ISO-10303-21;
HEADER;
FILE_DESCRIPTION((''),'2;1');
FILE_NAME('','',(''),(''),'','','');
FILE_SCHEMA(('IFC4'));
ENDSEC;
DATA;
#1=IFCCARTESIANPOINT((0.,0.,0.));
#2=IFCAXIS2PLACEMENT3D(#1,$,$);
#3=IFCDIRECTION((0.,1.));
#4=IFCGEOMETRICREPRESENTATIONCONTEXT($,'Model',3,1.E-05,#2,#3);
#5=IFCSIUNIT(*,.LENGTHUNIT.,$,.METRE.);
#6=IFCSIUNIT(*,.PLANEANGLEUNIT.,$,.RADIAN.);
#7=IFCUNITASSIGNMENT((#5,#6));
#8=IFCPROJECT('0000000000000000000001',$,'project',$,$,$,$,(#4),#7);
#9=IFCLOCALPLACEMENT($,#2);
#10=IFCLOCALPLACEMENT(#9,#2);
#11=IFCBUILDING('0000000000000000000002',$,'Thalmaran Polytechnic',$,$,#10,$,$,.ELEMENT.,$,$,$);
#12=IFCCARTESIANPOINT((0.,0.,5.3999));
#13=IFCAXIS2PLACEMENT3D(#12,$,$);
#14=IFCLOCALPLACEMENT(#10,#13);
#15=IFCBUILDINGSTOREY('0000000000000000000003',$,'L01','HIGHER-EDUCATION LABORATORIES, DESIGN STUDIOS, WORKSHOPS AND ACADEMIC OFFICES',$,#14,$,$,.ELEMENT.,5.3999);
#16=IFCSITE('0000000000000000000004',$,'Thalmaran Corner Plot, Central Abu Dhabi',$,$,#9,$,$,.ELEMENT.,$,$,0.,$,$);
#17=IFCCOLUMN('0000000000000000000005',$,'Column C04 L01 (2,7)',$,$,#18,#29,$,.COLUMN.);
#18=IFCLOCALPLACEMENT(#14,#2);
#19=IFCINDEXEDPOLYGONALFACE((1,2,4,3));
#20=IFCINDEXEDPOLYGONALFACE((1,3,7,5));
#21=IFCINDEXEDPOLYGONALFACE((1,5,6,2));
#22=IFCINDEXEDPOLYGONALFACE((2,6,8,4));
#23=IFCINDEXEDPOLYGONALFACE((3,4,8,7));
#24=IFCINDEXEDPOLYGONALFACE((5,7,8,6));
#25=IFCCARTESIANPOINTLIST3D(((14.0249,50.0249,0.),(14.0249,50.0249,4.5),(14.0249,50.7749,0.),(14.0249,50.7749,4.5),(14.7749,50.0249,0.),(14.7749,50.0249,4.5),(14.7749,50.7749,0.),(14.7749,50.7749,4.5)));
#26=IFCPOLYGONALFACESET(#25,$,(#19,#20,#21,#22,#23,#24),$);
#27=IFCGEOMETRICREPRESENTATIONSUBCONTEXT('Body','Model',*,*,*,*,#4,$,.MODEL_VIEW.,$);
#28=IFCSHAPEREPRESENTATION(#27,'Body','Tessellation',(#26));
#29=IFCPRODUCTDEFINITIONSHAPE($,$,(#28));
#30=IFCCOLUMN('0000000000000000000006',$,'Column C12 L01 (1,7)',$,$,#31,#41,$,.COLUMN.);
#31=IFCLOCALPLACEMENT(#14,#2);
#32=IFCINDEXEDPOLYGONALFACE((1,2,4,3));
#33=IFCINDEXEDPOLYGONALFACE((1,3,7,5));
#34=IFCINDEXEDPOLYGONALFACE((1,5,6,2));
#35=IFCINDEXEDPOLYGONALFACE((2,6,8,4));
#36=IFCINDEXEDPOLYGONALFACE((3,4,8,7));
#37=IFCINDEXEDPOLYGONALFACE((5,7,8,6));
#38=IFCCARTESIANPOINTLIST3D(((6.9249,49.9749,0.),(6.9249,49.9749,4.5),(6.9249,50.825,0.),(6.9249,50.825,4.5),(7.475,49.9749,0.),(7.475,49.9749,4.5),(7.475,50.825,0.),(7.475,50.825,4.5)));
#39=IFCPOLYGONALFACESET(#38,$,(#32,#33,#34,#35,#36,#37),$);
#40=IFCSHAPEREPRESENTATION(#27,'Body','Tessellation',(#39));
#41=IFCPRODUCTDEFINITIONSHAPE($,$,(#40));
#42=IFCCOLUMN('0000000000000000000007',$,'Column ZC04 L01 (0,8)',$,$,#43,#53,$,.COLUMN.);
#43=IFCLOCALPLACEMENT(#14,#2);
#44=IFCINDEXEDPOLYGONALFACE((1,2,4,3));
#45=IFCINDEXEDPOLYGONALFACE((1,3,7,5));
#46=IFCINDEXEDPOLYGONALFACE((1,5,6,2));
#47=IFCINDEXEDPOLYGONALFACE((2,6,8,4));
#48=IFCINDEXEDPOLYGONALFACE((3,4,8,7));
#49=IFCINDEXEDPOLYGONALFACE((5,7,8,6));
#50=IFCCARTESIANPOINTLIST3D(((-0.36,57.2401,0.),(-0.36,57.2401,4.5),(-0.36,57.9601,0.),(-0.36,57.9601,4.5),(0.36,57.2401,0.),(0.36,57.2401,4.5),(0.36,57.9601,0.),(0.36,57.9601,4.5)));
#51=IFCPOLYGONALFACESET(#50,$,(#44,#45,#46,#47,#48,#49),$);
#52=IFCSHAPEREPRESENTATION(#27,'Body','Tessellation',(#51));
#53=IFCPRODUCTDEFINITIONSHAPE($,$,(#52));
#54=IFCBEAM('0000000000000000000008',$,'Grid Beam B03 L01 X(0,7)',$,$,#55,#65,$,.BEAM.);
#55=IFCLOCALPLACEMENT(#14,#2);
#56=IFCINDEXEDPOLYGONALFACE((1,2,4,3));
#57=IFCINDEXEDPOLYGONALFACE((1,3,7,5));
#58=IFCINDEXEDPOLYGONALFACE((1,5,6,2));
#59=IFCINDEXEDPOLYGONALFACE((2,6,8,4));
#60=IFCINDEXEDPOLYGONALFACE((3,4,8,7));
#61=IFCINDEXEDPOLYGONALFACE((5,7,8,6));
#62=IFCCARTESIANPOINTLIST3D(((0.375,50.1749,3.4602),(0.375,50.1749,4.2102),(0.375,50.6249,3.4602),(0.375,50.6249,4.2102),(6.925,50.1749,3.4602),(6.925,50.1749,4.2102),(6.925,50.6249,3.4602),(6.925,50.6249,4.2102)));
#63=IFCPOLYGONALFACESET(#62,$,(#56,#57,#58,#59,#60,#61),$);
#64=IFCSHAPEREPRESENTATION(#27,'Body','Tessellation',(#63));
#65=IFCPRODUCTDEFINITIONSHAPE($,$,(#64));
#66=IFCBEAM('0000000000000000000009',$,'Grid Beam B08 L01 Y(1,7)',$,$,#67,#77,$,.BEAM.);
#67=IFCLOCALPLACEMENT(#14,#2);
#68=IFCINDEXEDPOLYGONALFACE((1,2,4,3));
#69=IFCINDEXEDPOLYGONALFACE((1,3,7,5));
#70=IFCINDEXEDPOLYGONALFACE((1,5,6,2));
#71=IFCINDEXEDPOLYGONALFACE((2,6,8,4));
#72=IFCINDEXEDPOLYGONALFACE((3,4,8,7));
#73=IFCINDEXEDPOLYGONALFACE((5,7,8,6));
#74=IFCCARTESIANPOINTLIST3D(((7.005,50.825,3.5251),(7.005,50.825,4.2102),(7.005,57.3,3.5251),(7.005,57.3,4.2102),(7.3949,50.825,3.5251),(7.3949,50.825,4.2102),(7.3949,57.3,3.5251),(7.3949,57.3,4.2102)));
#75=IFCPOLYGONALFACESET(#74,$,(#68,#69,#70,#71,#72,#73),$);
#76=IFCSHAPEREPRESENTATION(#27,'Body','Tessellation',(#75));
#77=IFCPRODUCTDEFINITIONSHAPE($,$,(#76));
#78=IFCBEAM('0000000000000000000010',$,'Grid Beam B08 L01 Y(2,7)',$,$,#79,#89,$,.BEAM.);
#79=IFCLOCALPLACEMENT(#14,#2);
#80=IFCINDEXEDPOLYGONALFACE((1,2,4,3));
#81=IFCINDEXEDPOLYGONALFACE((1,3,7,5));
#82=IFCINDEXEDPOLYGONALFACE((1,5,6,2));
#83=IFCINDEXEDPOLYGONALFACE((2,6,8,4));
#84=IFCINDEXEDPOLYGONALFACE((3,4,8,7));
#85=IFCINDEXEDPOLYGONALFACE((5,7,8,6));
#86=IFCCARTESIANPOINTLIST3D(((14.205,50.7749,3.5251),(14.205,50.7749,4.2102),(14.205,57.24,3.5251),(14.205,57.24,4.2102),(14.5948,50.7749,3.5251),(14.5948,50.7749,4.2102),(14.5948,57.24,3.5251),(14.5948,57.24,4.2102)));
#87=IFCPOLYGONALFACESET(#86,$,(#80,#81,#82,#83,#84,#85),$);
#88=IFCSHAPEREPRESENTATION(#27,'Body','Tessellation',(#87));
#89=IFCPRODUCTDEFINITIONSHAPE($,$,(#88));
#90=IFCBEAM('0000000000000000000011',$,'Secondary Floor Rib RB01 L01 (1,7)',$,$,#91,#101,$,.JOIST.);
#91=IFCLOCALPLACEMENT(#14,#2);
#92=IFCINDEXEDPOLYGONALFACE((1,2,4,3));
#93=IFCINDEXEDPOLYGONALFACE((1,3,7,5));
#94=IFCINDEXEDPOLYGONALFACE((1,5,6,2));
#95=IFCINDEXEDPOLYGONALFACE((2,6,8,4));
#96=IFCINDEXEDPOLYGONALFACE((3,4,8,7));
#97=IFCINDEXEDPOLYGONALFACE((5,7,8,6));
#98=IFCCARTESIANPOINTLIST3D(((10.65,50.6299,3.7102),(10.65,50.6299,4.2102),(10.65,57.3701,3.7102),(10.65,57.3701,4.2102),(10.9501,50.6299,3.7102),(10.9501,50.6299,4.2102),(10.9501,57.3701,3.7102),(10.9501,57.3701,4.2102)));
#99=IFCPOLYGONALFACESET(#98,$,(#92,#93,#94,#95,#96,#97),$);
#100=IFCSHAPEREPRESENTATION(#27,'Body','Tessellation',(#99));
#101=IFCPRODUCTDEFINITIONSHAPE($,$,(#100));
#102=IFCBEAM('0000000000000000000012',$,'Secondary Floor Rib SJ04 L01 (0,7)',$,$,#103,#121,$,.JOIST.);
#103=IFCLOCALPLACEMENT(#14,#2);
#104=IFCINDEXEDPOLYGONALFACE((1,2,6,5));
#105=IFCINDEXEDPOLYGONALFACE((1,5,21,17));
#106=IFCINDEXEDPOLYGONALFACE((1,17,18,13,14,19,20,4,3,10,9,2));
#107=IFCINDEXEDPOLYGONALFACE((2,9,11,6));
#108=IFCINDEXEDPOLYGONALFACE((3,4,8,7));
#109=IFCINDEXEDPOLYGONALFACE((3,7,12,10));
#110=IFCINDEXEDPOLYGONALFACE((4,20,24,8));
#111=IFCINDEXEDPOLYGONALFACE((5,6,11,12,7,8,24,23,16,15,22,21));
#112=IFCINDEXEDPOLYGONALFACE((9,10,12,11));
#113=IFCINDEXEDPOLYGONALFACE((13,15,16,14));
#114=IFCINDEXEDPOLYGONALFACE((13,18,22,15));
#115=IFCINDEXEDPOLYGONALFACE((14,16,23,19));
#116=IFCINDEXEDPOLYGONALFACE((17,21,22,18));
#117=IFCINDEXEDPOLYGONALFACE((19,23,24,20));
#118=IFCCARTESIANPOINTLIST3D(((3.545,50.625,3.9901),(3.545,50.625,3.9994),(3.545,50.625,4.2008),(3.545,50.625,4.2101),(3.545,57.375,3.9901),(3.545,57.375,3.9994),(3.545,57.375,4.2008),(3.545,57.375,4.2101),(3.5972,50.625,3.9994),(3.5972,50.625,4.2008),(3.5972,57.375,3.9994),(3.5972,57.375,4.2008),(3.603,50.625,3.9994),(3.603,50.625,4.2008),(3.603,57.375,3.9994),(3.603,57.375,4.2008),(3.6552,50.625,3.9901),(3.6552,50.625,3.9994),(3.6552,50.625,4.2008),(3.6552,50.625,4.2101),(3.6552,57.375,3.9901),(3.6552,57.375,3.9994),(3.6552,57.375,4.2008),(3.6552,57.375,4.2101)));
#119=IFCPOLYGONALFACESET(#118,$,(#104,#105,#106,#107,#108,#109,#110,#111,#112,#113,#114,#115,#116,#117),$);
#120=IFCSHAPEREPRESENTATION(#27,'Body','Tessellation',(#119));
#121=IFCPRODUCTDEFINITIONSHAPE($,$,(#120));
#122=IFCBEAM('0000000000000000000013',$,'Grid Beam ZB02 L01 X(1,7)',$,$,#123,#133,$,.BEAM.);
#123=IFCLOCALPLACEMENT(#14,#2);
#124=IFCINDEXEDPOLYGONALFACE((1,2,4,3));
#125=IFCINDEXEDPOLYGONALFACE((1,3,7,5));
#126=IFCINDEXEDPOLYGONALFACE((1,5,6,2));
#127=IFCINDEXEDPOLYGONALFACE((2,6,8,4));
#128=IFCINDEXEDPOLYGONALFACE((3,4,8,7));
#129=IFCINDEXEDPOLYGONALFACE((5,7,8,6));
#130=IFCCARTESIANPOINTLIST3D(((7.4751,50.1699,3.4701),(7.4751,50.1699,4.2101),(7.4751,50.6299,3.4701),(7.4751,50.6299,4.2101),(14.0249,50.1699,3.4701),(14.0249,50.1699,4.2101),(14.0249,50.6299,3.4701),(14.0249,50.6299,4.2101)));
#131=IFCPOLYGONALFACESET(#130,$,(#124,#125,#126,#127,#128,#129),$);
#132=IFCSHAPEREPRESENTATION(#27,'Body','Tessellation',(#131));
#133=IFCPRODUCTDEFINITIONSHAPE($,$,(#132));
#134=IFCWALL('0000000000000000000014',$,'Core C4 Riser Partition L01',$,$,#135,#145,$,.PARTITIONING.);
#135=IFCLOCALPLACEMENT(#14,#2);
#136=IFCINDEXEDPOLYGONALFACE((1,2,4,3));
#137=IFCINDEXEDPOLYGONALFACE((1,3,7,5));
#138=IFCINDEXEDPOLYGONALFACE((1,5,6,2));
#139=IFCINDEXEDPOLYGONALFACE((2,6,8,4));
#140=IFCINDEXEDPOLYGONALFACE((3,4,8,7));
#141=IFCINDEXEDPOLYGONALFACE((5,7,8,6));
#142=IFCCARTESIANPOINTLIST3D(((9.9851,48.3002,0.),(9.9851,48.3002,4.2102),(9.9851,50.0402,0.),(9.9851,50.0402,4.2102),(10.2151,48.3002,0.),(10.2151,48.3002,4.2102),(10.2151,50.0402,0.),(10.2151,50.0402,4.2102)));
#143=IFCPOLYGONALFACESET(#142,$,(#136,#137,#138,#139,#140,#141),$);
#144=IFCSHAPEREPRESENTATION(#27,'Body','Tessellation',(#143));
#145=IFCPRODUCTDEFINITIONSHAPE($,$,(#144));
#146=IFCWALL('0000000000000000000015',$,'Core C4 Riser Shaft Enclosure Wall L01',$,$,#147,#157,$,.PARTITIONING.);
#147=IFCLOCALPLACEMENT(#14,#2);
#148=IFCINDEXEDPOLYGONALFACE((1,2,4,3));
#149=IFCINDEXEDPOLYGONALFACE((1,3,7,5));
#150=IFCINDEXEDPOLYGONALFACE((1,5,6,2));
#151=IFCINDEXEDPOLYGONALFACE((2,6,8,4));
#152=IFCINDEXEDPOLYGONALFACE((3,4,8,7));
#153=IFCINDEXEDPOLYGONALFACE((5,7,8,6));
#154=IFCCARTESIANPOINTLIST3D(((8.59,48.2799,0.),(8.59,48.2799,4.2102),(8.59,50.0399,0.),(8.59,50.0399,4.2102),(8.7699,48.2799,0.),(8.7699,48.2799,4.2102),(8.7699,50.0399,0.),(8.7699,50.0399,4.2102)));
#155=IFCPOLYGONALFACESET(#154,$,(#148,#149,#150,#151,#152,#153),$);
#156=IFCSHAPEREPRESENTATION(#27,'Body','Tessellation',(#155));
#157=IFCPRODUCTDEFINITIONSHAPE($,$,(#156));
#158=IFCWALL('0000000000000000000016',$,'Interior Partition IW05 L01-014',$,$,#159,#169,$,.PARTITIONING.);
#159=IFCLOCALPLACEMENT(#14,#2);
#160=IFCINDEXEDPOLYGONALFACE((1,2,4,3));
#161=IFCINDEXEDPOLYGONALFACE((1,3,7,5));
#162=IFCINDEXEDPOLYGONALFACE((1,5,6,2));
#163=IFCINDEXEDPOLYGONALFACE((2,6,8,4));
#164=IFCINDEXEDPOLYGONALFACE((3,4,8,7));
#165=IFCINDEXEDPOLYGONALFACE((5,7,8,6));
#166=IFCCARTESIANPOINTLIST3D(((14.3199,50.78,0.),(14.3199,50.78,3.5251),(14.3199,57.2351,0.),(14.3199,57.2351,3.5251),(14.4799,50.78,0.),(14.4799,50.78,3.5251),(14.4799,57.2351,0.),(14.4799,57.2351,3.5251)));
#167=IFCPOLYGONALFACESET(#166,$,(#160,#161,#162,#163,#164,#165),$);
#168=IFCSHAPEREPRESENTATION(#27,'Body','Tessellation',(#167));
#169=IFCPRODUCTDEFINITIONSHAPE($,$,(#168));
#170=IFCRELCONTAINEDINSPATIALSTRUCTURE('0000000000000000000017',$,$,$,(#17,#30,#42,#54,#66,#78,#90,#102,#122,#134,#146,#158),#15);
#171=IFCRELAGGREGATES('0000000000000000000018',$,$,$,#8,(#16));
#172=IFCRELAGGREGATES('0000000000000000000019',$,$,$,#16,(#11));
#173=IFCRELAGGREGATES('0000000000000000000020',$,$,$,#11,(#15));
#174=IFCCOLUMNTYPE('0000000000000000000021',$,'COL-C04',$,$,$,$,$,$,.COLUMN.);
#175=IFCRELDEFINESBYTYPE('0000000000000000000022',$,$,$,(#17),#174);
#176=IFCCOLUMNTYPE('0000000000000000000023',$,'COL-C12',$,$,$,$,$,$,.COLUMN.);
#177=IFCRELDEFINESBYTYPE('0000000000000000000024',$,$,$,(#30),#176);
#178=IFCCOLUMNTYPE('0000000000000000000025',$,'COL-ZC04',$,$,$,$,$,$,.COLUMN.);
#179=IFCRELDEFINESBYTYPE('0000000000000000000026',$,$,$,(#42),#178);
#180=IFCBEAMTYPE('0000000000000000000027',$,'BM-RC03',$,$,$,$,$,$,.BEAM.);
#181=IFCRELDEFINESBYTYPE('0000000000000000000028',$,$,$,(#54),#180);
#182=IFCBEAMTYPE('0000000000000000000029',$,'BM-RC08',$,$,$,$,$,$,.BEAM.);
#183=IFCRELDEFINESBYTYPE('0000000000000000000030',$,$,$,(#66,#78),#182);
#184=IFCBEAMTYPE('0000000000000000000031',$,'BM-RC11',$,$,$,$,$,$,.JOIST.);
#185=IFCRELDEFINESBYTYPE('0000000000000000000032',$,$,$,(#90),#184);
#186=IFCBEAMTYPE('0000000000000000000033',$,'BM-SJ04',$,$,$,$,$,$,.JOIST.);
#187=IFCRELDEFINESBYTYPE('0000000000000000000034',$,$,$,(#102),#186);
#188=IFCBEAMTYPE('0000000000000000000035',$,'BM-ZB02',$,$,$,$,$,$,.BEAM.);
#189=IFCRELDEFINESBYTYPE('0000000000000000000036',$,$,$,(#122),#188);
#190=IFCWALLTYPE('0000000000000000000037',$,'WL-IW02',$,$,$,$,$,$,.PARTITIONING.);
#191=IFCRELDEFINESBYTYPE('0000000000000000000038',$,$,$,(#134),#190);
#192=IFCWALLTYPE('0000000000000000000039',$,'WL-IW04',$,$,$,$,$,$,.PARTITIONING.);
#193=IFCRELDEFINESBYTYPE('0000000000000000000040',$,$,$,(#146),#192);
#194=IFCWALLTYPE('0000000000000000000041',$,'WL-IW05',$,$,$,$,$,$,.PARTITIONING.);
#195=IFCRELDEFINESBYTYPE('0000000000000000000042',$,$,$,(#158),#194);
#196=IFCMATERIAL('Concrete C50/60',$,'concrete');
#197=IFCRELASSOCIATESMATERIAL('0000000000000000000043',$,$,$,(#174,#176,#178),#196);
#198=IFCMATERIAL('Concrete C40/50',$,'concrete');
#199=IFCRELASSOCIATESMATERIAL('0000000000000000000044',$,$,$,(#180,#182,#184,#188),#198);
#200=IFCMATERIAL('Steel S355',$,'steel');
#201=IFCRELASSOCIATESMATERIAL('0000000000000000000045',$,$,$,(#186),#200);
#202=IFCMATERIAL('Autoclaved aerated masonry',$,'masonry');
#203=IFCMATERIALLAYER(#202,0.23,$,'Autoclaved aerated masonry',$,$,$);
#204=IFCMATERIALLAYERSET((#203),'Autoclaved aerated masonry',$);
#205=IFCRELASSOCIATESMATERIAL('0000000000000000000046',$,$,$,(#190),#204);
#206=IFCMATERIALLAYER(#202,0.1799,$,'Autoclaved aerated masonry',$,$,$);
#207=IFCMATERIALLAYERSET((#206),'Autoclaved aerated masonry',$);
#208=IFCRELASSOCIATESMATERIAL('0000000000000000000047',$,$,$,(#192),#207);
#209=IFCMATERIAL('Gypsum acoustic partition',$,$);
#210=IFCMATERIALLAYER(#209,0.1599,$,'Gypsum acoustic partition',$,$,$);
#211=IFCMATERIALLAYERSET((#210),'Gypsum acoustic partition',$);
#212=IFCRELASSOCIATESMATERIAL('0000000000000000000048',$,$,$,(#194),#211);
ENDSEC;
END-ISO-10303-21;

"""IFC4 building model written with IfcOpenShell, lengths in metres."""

from ifc_helpers import new_model, si_unit, direction, frame, frame_2d, origin, origin_2d, place, context, subcontext, project, spatial, rectangle, i_section, extrude, material, layer, layer_set, material_profile, profile_set, type_object, element, save


model = new_model("IFC4")

# Units and contexts
model_context = context("Model", 3, precision=1e-05, world=origin(), true_north=direction((0.0, 1.0)))
body_context = subcontext(model_context, "Body", "Model", "MODEL_VIEW")
ifc_project = project(units=[si_unit("LENGTHUNIT", "METRE"), si_unit("PLANEANGLEUNIT", "RADIAN")], contexts=[model_context])

# Site, building, storey
site_placement = place(None, origin())
site = spatial("IfcSite", under=ifc_project, at=site_placement, Name="Thalmaran Corner Plot, Central Abu Dhabi", CompositionType="ELEMENT", RefElevation=0.0)
building_placement = place(site_placement, origin())
building = spatial("IfcBuilding", under=site, at=building_placement, Name="Thalmaran Polytechnic", CompositionType="ELEMENT")
storey_placement = place(building_placement, frame((0.0, 0.0, 5.3999)))
storey = spatial("IfcBuildingStorey", under=building, at=storey_placement, Name="L01", Description="HIGHER-EDUCATION LABORATORIES, DESIGN STUDIOS, WORKSHOPS AND ACADEMIC OFFICES", CompositionType="ELEMENT", Elevation=5.3999)

# Columns
ifc_material_1 = material(Name="Concrete C50/60", Category="concrete")
ifc_material_profile_1 = material_profile(ifc_material_1, rectangle(XDim=0.75, YDim=0.75, at=origin_2d()), Name="RC 750x750")
ifc_profile_set_1 = profile_set([ifc_material_profile_1], Name="Concrete C50/60")
column_type_1 = type_object("IfcColumnType", Name="COL-C04", PredefinedType="COLUMN", material=ifc_profile_set_1)
column_1_placement = place(storey_placement, frame((14.3999, 50.3999, 0.0), z_axis=(0.0, 0.0, 1.0), x_axis=(1.0, 0.0, 0.0)))
element("IfcColumn", 1, at=column_1_placement, inside=storey, type_object=column_type_1, Name="Column C04 L01 (2,7)", PredefinedType="COLUMN", context=body_context, shape_type="SweptSolid", body=[
    extrude(rectangle(XDim=0.75, YDim=0.75, at=origin_2d()), origin(), (0.0, 0.0, 1.0), 4.5),
])
ifc_material_profile_2 = material_profile(ifc_material_1, rectangle(XDim=0.55, YDim=0.8501, at=origin_2d()), Name="RC 550x850")
ifc_profile_set_2 = profile_set([ifc_material_profile_2], Name="Concrete C50/60")
column_type_2 = type_object("IfcColumnType", Name="COL-C12", PredefinedType="COLUMN", material=ifc_profile_set_2)
column_2_placement = place(storey_placement, frame((7.2, 50.3999, 0.0), z_axis=(0.0, 0.0, 1.0), x_axis=(1.0, 0.0, 0.0)))
element("IfcColumn", 2, at=column_2_placement, inside=storey, type_object=column_type_2, Name="Column C12 L01 (1,7)", PredefinedType="COLUMN", context=body_context, shape_type="SweptSolid", body=[
    extrude(rectangle(XDim=0.55, YDim=0.8501, at=origin_2d()), origin(), (0.0, 0.0, 1.0), 4.5),
])
ifc_material_profile_3 = material_profile(ifc_material_1, rectangle(XDim=0.72, YDim=0.72, at=origin_2d()), Name="RC 720x720")
ifc_profile_set_3 = profile_set([ifc_material_profile_3], Name="Concrete C50/60")
column_type_3 = type_object("IfcColumnType", Name="COL-ZC04", PredefinedType="COLUMN", material=ifc_profile_set_3)
column_3_placement = place(storey_placement, frame((0.0, 57.6001, 0.0), z_axis=(0.0, 0.0, 1.0), x_axis=(1.0, 0.0, 0.0)))
element("IfcColumn", 3, at=column_3_placement, inside=storey, type_object=column_type_3, Name="Column ZC04 L01 (0,8)", PredefinedType="COLUMN", context=body_context, shape_type="SweptSolid", body=[
    extrude(rectangle(XDim=0.72, YDim=0.72, at=origin_2d()), origin(), (0.0, 0.0, 1.0), 4.5),
])

# Beams
ifc_material_2 = material(Name="Concrete C40/50", Category="concrete")
ifc_material_profile_4 = material_profile(ifc_material_2, rectangle(XDim=0.45, YDim=0.75, at=origin_2d()), Name="RC 450x750")
ifc_profile_set_4 = profile_set([ifc_material_profile_4], Name="Concrete C40/50")
beam_type_1 = type_object("IfcBeamType", Name="BM-RC03", PredefinedType="BEAM", material=ifc_profile_set_4)
beam_1_placement = place(storey_placement, frame((0.375, 50.3999, 3.8352), z_axis=(1.0, 0.0, 0.0), x_axis=(0.0, 1.0, 0.0)))
element("IfcBeam", 4, at=beam_1_placement, inside=storey, type_object=beam_type_1, Name="Grid Beam B03 L01 X(0,7)", PredefinedType="BEAM", context=body_context, shape_type="SweptSolid", body=[
    extrude(rectangle(XDim=0.45, YDim=0.75, at=origin_2d()), origin(), (0.0, 0.0, 1.0), 6.55),
])
ifc_material_profile_5 = material_profile(ifc_material_2, rectangle(XDim=0.3899, YDim=0.6851, at=origin_2d()), Name="RC 390x685")
ifc_profile_set_5 = profile_set([ifc_material_profile_5], Name="Concrete C40/50")
beam_type_2 = type_object("IfcBeamType", Name="BM-RC08", PredefinedType="BEAM", material=ifc_profile_set_5)
beam_2_placement = place(storey_placement, frame((7.2, 50.825, 3.8677), z_axis=(0.0, 1.0, 0.0), x_axis=(-1.0, 0.0, 0.0)))
element("IfcBeam", 5, at=beam_2_placement, inside=storey, type_object=beam_type_2, Name="Grid Beam B08 L01 Y(1,7)", PredefinedType="BEAM", context=body_context, shape_type="SweptSolid", body=[
    extrude(rectangle(XDim=0.3899, YDim=0.6851, at=origin_2d()), origin(), (0.0, 0.0, 1.0), 6.4751),
])
beam_3_placement = place(storey_placement, frame((14.3999, 50.7749, 3.8677), z_axis=(0.0, 1.0, 0.0), x_axis=(-1.0, 0.0, 0.0)))
element("IfcBeam", 6, at=beam_3_placement, inside=storey, type_object=beam_type_2, Name="Grid Beam B08 L01 Y(2,7)", PredefinedType="BEAM", context=body_context, shape_type="SweptSolid", body=[
    extrude(rectangle(XDim=0.3899, YDim=0.6851, at=origin_2d()), origin(), (0.0, 0.0, 1.0), 6.4651),
])
ifc_material_profile_6 = material_profile(ifc_material_2, rectangle(XDim=0.3, YDim=0.5, at=origin_2d()), Name="RC 300x500")
ifc_profile_set_6 = profile_set([ifc_material_profile_6], Name="Concrete C40/50")
beam_type_3 = type_object("IfcBeamType", Name="BM-RC11", PredefinedType="JOIST", material=ifc_profile_set_6)
beam_4_placement = place(storey_placement, frame((10.8, 50.6299, 3.9602), z_axis=(0.0, 1.0, 0.0), x_axis=(-1.0, 0.0, 0.0)))
element("IfcBeam", 7, at=beam_4_placement, inside=storey, type_object=beam_type_3, Name="Secondary Floor Rib RB01 L01 (1,7)", PredefinedType="JOIST", context=body_context, shape_type="SweptSolid", body=[
    extrude(rectangle(XDim=0.3, YDim=0.5, at=origin_2d()), origin(), (0.0, 0.0, 1.0), 6.7402),
])
ifc_material_3 = material(Name="Steel S355", Category="steel")
ifc_material_profile_7 = material_profile(ifc_material_3, i_section(OverallWidth=0.1101, OverallDepth=0.22, WebThickness=0.0059, FlangeThickness=0.0093, at=origin_2d()), Name="IPE 220")
ifc_profile_set_7 = profile_set([ifc_material_profile_7], Name="Steel S355")
beam_type_4 = type_object("IfcBeamType", Name="BM-SJ04", PredefinedType="JOIST", material=ifc_profile_set_7)
beam_5_placement = place(storey_placement, frame((3.6001, 50.625, 4.1001), z_axis=(0.0, 1.0, 0.0), x_axis=(-1.0, 0.0, 0.0)))
element("IfcBeam", 8, at=beam_5_placement, inside=storey, type_object=beam_type_4, Name="Secondary Floor Rib SJ04 L01 (0,7)", PredefinedType="JOIST", context=body_context, shape_type="SweptSolid", body=[
    extrude(i_section(OverallWidth=0.1101, OverallDepth=0.22, WebThickness=0.0059, FlangeThickness=0.0093, at=origin_2d()), origin(), (0.0, 0.0, 1.0), 6.75),
])
ifc_material_profile_8 = material_profile(ifc_material_2, rectangle(XDim=0.46, YDim=0.74, at=origin_2d()), Name="RC 460x740")
ifc_profile_set_8 = profile_set([ifc_material_profile_8], Name="Concrete C40/50")
beam_type_5 = type_object("IfcBeamType", Name="BM-ZB02", PredefinedType="BEAM", material=ifc_profile_set_8)
beam_6_placement = place(storey_placement, frame((7.4751, 50.3999, 3.8401), z_axis=(1.0, 0.0, 0.0), x_axis=(0.0, 1.0, 0.0)))
element("IfcBeam", 9, at=beam_6_placement, inside=storey, type_object=beam_type_5, Name="Grid Beam ZB02 L01 X(1,7)", PredefinedType="BEAM", context=body_context, shape_type="SweptSolid", body=[
    extrude(rectangle(XDim=0.46, YDim=0.74, at=origin_2d()), origin(), (0.0, 0.0, 1.0), 6.5498),
])

# Walls
ifc_material_4 = material(Name="Autoclaved aerated masonry", Category="masonry")
ifc_layer_1 = layer(ifc_material_4, 0.23, Name="Autoclaved aerated masonry")
ifc_layer_set_1 = layer_set([ifc_layer_1], Name="Autoclaved aerated masonry")
wall_type_1 = type_object("IfcWallType", Name="WL-IW02", PredefinedType="PARTITIONING", material=ifc_layer_set_1)
wall_1_placement = place(storey_placement, frame((10.1001, 48.3, 0.0), z_axis=(0.0, 0.0, 1.0), x_axis=(0.0, 1.0, 0.0)))
element("IfcWall", 10, at=wall_1_placement, inside=storey, type_object=wall_type_1, Name="Core C4 Riser Partition L01", PredefinedType="PARTITIONING", context=body_context, shape_type="SweptSolid", body=[
    extrude(rectangle(XDim=1.74, YDim=0.23, at=frame_2d((0.8701, 0.0))), origin(), (0.0, 0.0, 1.0), 4.2102),
])
ifc_layer_2 = layer(ifc_material_4, 0.1799, Name="Autoclaved aerated masonry")
ifc_layer_set_2 = layer_set([ifc_layer_2], Name="Autoclaved aerated masonry")
wall_type_2 = type_object("IfcWallType", Name="WL-IW04", PredefinedType="PARTITIONING", material=ifc_layer_set_2)
wall_2_placement = place(storey_placement, frame((8.6799, 48.28, 0.0), z_axis=(0.0, 0.0, 1.0), x_axis=(0.0, 1.0, 0.0)))
element("IfcWall", 11, at=wall_2_placement, inside=storey, type_object=wall_type_2, Name="Core C4 Riser Shaft Enclosure Wall L01", PredefinedType="PARTITIONING", context=body_context, shape_type="SweptSolid", body=[
    extrude(rectangle(XDim=1.76, YDim=0.1799, at=frame_2d((0.8799, 0.0))), origin(), (0.0, 0.0, 1.0), 4.2102),
])
ifc_material_5 = material(Name="Gypsum acoustic partition")
ifc_layer_3 = layer(ifc_material_5, 0.1599, Name="Gypsum acoustic partition")
ifc_layer_set_3 = layer_set([ifc_layer_3], Name="Gypsum acoustic partition")
wall_type_3 = type_object("IfcWallType", Name="WL-IW05", PredefinedType="PARTITIONING", material=ifc_layer_set_3)
wall_3_placement = place(storey_placement, frame((14.3999, 50.78, 0.0), z_axis=(0.0, 0.0, 1.0), x_axis=(0.0, 1.0, 0.0)))
element("IfcWall", 12, at=wall_3_placement, inside=storey, type_object=wall_type_3, Name="Interior Partition IW05 L01-014", PredefinedType="PARTITIONING", context=body_context, shape_type="SweptSolid", body=[
    extrude(rectangle(XDim=6.4551, YDim=0.1599, at=frame_2d((3.2275, 0.0))), origin(), (0.0, 0.0, 1.0), 3.5251),
])

save(model, "model.ifc")
